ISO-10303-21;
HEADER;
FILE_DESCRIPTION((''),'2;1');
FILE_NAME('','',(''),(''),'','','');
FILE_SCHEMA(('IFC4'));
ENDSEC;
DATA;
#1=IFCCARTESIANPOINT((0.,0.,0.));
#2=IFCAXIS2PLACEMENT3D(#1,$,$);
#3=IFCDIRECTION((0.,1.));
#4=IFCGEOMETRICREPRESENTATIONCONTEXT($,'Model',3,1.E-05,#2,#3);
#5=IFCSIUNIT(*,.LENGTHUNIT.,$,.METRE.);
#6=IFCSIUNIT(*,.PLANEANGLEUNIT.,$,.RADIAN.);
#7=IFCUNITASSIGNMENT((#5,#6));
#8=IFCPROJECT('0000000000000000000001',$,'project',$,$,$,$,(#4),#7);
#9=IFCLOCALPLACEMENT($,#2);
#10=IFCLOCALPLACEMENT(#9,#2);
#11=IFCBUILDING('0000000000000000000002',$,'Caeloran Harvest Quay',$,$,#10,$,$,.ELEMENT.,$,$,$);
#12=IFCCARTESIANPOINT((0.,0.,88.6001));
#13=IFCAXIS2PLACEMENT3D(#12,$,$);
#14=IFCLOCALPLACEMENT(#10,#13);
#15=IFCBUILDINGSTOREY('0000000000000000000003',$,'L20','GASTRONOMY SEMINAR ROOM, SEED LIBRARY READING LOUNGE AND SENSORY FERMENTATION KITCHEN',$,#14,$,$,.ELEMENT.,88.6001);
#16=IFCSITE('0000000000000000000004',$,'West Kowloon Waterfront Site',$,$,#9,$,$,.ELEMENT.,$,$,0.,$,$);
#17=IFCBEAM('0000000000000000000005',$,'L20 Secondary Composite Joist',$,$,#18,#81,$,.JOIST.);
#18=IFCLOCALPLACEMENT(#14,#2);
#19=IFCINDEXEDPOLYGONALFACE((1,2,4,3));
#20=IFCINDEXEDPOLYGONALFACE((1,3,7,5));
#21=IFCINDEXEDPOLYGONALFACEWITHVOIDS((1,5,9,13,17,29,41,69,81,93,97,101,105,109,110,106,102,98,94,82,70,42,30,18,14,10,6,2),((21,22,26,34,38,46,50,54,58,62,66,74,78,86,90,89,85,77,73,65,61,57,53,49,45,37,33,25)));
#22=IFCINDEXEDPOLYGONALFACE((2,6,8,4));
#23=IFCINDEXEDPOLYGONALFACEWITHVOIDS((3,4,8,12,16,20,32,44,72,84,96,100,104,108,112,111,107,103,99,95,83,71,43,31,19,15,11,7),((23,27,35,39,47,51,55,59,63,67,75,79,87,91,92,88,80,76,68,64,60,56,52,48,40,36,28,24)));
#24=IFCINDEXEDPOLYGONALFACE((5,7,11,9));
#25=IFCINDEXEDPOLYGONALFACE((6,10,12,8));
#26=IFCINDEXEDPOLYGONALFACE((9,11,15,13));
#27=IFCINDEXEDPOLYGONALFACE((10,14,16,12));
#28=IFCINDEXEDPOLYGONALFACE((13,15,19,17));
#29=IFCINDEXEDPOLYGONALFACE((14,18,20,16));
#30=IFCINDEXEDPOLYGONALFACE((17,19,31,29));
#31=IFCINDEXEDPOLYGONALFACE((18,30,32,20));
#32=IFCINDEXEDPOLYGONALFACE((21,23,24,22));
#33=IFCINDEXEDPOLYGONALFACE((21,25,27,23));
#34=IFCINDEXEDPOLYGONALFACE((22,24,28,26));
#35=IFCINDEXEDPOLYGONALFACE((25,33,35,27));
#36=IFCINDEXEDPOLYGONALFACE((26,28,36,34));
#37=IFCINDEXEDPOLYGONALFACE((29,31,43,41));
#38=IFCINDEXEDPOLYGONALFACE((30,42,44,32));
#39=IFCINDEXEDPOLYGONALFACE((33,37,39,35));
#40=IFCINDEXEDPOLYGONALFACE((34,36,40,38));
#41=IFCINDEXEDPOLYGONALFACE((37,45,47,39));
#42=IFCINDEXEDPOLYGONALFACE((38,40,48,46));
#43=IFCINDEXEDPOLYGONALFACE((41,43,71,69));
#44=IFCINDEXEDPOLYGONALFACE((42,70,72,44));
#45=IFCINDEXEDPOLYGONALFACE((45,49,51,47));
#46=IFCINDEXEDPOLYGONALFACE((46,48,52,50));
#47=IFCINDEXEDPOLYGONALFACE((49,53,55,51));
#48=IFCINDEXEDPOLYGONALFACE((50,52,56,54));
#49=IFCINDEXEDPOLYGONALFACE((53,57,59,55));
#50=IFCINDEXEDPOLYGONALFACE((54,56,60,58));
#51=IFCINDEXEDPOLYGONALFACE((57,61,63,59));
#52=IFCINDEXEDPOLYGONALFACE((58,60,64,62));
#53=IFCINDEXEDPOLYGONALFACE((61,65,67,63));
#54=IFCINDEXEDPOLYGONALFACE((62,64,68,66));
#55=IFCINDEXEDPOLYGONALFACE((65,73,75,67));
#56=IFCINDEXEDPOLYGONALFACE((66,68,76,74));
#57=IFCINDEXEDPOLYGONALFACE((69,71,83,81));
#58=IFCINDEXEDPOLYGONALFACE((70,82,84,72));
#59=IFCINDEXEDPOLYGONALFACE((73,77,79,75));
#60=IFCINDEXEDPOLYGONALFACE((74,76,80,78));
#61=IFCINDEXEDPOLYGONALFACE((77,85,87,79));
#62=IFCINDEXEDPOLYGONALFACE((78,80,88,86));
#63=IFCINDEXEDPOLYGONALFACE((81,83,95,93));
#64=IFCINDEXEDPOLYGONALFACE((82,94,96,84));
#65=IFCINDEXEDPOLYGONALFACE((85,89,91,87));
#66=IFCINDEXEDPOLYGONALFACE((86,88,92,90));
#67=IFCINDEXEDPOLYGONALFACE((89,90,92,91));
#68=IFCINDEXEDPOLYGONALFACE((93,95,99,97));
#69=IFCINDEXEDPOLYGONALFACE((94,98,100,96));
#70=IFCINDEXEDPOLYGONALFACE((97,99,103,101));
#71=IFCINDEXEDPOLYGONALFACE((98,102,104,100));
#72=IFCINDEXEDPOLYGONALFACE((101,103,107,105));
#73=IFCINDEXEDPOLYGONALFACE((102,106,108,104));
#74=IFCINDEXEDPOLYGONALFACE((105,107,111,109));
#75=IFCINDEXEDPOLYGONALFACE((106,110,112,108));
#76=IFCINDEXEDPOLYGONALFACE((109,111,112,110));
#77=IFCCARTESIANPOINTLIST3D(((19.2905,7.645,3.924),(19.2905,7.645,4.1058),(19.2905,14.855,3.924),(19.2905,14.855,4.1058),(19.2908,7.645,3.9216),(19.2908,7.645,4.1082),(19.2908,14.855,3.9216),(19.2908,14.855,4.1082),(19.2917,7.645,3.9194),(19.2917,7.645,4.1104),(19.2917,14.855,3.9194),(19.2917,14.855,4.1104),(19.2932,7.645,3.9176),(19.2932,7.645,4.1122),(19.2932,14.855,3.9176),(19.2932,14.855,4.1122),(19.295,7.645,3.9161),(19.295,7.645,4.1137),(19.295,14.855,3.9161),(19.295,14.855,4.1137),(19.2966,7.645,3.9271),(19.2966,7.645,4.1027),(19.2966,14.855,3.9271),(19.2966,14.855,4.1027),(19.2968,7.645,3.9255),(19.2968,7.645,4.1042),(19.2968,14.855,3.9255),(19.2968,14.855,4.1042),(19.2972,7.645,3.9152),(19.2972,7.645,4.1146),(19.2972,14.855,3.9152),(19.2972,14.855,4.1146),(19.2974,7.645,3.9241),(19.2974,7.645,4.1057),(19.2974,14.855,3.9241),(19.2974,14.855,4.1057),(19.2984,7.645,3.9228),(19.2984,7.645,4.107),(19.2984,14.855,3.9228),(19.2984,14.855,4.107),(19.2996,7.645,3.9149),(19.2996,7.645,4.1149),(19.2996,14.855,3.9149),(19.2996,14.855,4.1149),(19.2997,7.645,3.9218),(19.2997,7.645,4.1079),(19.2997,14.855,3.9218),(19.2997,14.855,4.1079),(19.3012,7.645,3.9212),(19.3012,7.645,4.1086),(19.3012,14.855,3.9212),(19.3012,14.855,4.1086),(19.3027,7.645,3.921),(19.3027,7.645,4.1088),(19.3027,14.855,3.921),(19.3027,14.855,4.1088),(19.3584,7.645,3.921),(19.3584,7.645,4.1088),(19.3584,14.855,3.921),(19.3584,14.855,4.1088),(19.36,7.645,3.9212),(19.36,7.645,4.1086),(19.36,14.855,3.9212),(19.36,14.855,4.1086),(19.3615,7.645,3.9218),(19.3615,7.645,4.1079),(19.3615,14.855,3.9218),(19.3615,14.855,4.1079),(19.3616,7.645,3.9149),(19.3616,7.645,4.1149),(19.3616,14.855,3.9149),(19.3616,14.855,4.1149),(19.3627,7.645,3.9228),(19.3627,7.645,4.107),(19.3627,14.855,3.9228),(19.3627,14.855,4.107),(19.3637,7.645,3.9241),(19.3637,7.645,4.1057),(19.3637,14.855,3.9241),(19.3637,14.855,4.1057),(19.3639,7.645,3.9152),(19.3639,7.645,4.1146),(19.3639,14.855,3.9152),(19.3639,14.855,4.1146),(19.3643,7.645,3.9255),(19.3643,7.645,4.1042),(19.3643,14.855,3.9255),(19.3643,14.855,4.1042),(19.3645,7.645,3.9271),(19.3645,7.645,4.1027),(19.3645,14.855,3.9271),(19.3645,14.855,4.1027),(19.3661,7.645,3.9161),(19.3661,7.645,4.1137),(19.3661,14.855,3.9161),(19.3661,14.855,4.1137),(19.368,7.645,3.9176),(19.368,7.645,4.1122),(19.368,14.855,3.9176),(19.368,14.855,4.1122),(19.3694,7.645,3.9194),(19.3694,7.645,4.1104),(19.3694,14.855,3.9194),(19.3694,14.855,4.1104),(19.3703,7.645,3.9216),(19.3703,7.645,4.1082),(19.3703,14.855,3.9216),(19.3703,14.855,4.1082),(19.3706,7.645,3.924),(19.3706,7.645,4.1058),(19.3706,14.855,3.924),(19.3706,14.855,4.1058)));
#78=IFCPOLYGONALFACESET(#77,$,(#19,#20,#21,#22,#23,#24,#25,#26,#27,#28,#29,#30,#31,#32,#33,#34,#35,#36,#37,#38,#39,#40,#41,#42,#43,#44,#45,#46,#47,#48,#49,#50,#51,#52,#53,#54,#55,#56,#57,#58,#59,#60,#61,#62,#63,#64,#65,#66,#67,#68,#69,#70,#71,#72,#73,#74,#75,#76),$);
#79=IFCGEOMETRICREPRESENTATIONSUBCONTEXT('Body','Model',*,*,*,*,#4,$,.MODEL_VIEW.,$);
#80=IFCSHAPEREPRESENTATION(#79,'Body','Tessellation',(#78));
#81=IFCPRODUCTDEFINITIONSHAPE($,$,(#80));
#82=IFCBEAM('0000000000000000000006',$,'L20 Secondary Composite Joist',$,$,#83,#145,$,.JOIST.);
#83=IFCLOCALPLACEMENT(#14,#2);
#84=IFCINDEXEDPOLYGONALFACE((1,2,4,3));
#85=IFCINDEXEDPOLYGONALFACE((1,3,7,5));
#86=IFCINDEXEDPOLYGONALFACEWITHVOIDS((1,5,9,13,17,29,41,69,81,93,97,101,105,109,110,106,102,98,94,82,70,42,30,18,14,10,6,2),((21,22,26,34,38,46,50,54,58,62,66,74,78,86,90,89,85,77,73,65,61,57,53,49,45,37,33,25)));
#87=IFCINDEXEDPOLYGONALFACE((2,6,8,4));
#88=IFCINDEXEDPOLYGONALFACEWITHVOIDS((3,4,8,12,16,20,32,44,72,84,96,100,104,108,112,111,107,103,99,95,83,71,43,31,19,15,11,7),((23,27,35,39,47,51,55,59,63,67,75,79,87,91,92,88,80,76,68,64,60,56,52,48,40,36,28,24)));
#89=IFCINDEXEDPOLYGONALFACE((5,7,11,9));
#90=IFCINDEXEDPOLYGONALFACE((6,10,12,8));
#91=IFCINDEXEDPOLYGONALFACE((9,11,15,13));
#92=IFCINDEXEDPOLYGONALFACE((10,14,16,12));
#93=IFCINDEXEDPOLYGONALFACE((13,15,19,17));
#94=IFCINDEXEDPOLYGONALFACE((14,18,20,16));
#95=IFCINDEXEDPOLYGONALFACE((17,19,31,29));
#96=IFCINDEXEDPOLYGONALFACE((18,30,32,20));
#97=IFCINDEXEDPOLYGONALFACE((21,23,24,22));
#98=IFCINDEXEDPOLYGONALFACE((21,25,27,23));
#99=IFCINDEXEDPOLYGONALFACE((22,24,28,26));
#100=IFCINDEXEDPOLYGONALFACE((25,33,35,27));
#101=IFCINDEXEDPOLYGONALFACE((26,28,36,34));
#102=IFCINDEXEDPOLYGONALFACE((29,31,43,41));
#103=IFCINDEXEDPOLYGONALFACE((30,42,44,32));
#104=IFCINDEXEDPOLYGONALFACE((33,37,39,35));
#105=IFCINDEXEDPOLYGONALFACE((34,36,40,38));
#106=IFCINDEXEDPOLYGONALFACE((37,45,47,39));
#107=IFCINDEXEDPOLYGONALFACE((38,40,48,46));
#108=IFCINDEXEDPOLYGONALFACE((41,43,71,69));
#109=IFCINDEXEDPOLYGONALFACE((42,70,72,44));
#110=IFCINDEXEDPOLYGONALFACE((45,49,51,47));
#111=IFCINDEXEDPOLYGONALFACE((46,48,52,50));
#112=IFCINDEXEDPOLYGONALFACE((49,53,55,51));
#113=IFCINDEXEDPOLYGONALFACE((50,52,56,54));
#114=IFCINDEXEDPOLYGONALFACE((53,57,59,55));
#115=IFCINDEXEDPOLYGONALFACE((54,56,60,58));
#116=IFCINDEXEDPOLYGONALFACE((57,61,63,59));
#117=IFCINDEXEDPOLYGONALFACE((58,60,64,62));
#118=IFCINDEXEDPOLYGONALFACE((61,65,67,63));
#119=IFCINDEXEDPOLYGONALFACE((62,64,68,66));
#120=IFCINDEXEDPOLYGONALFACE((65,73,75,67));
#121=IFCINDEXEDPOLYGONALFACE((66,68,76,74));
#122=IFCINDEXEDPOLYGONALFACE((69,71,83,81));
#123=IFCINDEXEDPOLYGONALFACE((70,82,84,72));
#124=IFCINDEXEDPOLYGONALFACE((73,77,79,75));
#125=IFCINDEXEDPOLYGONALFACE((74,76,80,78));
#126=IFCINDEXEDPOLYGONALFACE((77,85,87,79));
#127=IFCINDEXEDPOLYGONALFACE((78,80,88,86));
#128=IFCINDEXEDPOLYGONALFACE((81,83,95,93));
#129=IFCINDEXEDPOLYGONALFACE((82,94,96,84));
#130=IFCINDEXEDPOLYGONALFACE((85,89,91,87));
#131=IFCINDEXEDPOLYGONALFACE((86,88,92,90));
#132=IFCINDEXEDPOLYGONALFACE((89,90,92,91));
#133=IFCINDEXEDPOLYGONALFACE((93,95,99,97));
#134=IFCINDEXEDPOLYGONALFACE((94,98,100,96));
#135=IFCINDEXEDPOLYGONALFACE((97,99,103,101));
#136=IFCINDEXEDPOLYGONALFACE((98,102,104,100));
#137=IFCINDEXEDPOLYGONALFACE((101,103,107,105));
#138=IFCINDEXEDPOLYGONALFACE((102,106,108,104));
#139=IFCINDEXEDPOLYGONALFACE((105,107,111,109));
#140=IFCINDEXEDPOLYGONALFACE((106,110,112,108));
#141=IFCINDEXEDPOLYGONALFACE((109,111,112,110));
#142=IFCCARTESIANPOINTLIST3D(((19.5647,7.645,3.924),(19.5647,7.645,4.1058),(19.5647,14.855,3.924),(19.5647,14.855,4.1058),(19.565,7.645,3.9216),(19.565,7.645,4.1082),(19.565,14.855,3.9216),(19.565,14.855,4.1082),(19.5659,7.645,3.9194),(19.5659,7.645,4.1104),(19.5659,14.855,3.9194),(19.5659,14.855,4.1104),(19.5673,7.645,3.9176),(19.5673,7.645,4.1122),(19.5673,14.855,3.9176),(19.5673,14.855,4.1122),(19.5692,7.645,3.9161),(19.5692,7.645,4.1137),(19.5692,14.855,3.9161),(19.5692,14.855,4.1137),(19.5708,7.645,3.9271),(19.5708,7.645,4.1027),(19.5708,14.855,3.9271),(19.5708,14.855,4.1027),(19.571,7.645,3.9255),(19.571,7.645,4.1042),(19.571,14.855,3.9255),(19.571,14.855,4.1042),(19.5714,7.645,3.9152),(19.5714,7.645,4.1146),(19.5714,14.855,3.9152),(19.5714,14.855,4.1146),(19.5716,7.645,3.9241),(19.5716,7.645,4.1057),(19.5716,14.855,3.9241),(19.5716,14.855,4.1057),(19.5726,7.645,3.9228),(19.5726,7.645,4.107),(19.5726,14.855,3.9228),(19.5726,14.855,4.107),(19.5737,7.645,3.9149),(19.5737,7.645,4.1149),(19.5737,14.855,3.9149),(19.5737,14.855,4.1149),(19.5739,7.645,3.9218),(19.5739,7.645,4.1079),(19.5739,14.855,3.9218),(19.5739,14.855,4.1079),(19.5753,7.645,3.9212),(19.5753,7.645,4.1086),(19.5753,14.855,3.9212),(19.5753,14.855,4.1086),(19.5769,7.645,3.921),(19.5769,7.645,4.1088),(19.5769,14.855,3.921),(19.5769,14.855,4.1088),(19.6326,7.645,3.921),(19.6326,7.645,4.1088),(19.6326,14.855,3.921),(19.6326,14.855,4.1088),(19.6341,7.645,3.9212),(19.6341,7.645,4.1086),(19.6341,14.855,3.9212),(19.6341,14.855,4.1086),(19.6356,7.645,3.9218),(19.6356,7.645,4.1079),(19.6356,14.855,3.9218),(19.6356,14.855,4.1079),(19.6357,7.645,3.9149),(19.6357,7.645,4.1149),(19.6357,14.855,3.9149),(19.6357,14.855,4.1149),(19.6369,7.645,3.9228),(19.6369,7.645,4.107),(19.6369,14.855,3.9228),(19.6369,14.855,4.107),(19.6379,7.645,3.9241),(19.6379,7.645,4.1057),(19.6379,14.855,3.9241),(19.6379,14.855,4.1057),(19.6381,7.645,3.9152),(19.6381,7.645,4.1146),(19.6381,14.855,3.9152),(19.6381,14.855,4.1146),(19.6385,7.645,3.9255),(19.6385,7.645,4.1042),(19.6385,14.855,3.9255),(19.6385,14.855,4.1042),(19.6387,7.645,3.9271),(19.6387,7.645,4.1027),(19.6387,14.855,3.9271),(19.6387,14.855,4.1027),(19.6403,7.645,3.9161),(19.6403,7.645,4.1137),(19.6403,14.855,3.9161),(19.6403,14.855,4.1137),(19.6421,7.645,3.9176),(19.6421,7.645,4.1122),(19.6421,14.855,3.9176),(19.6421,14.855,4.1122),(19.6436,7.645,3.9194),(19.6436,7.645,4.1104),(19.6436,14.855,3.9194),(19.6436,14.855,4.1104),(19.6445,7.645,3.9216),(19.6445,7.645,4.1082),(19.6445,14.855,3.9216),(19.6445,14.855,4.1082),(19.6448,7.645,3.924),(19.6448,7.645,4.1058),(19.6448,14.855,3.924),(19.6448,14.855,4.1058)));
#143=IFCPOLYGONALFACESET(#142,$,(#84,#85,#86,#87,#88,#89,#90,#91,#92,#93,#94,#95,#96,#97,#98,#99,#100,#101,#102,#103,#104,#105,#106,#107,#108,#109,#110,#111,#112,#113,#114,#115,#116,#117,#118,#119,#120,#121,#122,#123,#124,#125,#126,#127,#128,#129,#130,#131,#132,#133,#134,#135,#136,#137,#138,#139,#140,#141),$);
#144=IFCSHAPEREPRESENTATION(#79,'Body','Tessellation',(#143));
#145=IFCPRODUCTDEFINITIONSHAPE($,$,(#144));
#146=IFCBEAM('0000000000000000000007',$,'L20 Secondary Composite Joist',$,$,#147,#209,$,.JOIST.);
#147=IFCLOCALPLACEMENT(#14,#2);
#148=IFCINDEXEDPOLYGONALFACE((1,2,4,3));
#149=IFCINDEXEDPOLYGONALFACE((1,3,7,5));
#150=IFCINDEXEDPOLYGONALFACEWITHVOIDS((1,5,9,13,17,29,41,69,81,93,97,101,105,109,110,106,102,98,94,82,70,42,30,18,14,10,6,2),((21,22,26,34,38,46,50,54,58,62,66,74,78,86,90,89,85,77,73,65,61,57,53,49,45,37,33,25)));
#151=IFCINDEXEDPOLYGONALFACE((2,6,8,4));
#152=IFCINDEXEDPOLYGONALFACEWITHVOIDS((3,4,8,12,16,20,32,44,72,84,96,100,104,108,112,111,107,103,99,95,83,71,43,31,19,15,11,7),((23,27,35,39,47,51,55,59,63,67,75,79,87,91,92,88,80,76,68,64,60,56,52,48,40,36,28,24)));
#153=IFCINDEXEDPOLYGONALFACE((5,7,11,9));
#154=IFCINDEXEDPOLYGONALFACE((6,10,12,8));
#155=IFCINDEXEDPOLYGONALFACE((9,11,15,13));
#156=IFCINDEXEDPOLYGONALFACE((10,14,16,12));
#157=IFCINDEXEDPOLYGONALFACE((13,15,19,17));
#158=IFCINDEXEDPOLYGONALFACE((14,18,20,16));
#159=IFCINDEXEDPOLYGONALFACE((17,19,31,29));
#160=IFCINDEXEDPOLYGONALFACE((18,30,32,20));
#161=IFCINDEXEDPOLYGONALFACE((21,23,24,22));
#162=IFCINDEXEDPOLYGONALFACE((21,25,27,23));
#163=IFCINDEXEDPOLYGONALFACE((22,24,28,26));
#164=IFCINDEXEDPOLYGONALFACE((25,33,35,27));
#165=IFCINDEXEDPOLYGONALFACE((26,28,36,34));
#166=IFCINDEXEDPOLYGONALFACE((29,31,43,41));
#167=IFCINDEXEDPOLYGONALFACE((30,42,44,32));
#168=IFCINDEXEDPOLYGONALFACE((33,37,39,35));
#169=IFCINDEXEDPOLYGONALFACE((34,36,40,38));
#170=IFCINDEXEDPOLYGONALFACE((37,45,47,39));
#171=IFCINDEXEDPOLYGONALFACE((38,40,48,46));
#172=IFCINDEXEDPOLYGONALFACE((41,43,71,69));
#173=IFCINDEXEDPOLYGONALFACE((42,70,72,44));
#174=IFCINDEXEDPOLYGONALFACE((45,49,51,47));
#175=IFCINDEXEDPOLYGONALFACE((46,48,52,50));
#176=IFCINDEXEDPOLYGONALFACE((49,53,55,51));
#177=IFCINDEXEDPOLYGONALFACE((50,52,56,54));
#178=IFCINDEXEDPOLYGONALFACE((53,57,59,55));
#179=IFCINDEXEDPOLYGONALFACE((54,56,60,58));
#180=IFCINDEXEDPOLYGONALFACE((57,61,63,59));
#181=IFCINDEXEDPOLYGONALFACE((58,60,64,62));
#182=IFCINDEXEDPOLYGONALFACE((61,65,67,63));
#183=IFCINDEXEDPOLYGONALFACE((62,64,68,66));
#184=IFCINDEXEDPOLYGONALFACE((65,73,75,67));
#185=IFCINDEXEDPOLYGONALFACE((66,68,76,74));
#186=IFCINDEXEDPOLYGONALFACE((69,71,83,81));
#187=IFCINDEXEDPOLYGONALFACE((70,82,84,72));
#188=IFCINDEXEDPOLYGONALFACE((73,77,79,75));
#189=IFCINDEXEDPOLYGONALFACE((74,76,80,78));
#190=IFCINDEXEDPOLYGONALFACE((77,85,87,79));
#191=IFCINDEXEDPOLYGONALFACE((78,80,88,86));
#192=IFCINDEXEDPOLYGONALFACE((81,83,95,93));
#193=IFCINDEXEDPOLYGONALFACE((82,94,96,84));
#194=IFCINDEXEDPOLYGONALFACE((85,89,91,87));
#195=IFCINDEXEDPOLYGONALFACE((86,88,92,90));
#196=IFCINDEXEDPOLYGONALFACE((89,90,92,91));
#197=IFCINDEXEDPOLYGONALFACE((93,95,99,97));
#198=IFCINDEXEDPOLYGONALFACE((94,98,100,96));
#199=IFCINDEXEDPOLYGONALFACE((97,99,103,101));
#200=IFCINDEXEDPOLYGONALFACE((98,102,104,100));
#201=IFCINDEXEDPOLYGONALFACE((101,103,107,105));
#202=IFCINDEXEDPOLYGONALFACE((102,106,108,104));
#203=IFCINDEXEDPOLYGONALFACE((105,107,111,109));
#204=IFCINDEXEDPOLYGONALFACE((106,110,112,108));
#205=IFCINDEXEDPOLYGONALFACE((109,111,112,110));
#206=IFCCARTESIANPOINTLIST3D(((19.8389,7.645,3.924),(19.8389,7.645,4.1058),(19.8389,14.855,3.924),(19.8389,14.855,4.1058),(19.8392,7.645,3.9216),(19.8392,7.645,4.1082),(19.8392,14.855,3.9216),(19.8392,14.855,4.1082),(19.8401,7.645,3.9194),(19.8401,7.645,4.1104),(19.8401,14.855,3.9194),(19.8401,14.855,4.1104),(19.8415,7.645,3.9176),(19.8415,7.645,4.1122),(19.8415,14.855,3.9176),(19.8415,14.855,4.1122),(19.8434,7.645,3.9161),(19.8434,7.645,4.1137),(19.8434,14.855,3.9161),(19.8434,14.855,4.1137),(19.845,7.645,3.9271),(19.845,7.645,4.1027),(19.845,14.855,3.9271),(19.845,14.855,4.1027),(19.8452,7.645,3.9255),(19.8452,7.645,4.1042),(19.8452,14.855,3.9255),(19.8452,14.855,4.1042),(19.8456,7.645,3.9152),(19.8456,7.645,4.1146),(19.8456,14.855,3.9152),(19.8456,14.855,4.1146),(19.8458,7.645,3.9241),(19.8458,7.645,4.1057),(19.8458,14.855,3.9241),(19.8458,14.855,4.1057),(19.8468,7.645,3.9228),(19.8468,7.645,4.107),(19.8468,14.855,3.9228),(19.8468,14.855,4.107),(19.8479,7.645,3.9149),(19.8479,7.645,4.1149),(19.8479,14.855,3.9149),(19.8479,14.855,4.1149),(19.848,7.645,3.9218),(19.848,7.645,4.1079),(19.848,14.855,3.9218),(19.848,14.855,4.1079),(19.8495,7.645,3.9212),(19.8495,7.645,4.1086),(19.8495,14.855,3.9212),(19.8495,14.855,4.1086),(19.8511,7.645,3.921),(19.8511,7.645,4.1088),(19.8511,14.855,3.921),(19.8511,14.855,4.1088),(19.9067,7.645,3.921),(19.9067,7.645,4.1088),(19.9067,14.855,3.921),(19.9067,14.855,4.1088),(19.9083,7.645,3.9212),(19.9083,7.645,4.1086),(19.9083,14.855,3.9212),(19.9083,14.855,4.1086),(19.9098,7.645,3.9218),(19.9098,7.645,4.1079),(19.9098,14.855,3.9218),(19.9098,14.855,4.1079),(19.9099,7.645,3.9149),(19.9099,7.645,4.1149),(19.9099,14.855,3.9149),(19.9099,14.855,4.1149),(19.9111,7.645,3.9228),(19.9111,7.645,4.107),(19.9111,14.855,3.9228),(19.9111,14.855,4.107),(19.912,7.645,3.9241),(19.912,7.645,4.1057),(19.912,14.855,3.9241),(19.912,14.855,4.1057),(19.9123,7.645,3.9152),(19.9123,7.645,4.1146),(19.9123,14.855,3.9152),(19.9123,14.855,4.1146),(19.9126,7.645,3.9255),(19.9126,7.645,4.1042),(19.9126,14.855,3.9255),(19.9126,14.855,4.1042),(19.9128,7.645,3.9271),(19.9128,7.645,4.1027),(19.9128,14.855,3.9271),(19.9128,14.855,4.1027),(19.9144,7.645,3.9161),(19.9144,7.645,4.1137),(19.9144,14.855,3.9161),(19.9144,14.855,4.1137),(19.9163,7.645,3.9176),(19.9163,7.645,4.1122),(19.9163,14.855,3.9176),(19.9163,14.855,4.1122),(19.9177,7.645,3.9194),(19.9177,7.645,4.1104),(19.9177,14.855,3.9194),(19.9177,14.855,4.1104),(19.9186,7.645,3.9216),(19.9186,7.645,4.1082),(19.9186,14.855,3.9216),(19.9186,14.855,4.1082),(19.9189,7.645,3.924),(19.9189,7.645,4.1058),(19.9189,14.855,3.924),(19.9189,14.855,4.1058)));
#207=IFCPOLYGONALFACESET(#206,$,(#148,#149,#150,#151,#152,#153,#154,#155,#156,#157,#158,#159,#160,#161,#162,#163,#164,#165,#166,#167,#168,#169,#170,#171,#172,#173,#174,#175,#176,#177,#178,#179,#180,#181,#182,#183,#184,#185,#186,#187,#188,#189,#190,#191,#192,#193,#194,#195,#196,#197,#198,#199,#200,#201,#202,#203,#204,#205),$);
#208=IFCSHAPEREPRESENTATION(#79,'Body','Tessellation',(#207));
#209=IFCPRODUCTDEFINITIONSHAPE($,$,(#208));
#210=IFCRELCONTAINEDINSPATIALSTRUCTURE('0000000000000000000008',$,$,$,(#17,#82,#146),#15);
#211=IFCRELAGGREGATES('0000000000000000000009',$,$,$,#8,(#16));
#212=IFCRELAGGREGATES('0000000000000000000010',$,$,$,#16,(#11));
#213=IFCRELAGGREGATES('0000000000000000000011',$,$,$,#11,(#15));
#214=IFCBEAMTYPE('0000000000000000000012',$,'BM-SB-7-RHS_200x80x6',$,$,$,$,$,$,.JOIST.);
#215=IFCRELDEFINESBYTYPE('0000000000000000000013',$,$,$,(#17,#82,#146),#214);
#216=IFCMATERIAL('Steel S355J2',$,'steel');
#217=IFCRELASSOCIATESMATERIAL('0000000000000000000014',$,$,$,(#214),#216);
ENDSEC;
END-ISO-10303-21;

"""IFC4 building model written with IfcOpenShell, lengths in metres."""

from ifc_helpers import new_model, si_unit, direction, frame, origin, origin_2d, place, context, subcontext, project, spatial, hollow_rectangle, extrude, material, material_profile, profile_set, type_object, element, save


model = new_model("IFC4")

# Units and contexts
model_context = context("Model", 3, precision=1e-05, world=origin(), true_north=direction((0.0, 1.0)))
body_context = subcontext(model_context, "Body", "Model", "MODEL_VIEW")
ifc_project = project(units=[si_unit("LENGTHUNIT", "METRE"), si_unit("PLANEANGLEUNIT", "RADIAN")], contexts=[model_context])

# Site, building, storey
site_placement = place(None, origin())
site = spatial("IfcSite", under=ifc_project, at=site_placement, Name="West Kowloon Waterfront Site", CompositionType="ELEMENT", RefElevation=0.0)
building_placement = place(site_placement, origin())
building = spatial("IfcBuilding", under=site, at=building_placement, Name="Caeloran Harvest Quay", CompositionType="ELEMENT")
storey_placement = place(building_placement, frame((0.0, 0.0, 88.6001)))
storey = spatial("IfcBuildingStorey", under=building, at=storey_placement, Name="L20", Description="GASTRONOMY SEMINAR ROOM, SEED LIBRARY READING LOUNGE AND SENSORY FERMENTATION KITCHEN", CompositionType="ELEMENT", Elevation=88.6001)

# Beams
ifc_material_1 = material(Name="Steel S355J2", Category="steel")
ifc_material_profile_1 = material_profile(ifc_material_1, hollow_rectangle(XDim=0.0801, YDim=0.2, WallThickness=0.0061, InnerFilletRadius=0.0061, OuterFilletRadius=0.009, at=origin_2d()), Name="RHS 200x80x6")
ifc_profile_set_1 = profile_set([ifc_material_profile_1], Name="Steel S355J2")
beam_type_1 = type_object("IfcBeamType", Name="BM-SB-7-RHS_200x80x6", PredefinedType="JOIST", material=ifc_profile_set_1)
for number, where, z_axis, x_axis, name in (
    (1, (19.3306, 7.645, 4.0149), (0.0, 1.0, 0.0), (-1.0, 0.0, 0.0), "L20 Secondary Composite Joist"),
    (2, (19.6047, 7.645, 4.0149), (0.0, 1.0, 0.0), (-1.0, 0.0, 0.0), "L20 Secondary Composite Joist"),
    (3, (19.8789, 7.645, 4.0149), (0.0, 1.0, 0.0), (-1.0, 0.0, 0.0), "L20 Secondary Composite Joist"),
):
    element("IfcBeam", number, at=place(storey_placement, frame(where, z_axis=z_axis, x_axis=x_axis)), inside=storey, type_object=beam_type_1, Name=name, PredefinedType="JOIST", context=body_context, shape_type="SweptSolid", body=[
        extrude(hollow_rectangle(XDim=0.0801, YDim=0.2, WallThickness=0.0061, InnerFilletRadius=0.0061, OuterFilletRadius=0.009, at=origin_2d()), origin(), (0.0, 0.0, 1.0), 7.21),
    ])

save(model, "model.ifc")
